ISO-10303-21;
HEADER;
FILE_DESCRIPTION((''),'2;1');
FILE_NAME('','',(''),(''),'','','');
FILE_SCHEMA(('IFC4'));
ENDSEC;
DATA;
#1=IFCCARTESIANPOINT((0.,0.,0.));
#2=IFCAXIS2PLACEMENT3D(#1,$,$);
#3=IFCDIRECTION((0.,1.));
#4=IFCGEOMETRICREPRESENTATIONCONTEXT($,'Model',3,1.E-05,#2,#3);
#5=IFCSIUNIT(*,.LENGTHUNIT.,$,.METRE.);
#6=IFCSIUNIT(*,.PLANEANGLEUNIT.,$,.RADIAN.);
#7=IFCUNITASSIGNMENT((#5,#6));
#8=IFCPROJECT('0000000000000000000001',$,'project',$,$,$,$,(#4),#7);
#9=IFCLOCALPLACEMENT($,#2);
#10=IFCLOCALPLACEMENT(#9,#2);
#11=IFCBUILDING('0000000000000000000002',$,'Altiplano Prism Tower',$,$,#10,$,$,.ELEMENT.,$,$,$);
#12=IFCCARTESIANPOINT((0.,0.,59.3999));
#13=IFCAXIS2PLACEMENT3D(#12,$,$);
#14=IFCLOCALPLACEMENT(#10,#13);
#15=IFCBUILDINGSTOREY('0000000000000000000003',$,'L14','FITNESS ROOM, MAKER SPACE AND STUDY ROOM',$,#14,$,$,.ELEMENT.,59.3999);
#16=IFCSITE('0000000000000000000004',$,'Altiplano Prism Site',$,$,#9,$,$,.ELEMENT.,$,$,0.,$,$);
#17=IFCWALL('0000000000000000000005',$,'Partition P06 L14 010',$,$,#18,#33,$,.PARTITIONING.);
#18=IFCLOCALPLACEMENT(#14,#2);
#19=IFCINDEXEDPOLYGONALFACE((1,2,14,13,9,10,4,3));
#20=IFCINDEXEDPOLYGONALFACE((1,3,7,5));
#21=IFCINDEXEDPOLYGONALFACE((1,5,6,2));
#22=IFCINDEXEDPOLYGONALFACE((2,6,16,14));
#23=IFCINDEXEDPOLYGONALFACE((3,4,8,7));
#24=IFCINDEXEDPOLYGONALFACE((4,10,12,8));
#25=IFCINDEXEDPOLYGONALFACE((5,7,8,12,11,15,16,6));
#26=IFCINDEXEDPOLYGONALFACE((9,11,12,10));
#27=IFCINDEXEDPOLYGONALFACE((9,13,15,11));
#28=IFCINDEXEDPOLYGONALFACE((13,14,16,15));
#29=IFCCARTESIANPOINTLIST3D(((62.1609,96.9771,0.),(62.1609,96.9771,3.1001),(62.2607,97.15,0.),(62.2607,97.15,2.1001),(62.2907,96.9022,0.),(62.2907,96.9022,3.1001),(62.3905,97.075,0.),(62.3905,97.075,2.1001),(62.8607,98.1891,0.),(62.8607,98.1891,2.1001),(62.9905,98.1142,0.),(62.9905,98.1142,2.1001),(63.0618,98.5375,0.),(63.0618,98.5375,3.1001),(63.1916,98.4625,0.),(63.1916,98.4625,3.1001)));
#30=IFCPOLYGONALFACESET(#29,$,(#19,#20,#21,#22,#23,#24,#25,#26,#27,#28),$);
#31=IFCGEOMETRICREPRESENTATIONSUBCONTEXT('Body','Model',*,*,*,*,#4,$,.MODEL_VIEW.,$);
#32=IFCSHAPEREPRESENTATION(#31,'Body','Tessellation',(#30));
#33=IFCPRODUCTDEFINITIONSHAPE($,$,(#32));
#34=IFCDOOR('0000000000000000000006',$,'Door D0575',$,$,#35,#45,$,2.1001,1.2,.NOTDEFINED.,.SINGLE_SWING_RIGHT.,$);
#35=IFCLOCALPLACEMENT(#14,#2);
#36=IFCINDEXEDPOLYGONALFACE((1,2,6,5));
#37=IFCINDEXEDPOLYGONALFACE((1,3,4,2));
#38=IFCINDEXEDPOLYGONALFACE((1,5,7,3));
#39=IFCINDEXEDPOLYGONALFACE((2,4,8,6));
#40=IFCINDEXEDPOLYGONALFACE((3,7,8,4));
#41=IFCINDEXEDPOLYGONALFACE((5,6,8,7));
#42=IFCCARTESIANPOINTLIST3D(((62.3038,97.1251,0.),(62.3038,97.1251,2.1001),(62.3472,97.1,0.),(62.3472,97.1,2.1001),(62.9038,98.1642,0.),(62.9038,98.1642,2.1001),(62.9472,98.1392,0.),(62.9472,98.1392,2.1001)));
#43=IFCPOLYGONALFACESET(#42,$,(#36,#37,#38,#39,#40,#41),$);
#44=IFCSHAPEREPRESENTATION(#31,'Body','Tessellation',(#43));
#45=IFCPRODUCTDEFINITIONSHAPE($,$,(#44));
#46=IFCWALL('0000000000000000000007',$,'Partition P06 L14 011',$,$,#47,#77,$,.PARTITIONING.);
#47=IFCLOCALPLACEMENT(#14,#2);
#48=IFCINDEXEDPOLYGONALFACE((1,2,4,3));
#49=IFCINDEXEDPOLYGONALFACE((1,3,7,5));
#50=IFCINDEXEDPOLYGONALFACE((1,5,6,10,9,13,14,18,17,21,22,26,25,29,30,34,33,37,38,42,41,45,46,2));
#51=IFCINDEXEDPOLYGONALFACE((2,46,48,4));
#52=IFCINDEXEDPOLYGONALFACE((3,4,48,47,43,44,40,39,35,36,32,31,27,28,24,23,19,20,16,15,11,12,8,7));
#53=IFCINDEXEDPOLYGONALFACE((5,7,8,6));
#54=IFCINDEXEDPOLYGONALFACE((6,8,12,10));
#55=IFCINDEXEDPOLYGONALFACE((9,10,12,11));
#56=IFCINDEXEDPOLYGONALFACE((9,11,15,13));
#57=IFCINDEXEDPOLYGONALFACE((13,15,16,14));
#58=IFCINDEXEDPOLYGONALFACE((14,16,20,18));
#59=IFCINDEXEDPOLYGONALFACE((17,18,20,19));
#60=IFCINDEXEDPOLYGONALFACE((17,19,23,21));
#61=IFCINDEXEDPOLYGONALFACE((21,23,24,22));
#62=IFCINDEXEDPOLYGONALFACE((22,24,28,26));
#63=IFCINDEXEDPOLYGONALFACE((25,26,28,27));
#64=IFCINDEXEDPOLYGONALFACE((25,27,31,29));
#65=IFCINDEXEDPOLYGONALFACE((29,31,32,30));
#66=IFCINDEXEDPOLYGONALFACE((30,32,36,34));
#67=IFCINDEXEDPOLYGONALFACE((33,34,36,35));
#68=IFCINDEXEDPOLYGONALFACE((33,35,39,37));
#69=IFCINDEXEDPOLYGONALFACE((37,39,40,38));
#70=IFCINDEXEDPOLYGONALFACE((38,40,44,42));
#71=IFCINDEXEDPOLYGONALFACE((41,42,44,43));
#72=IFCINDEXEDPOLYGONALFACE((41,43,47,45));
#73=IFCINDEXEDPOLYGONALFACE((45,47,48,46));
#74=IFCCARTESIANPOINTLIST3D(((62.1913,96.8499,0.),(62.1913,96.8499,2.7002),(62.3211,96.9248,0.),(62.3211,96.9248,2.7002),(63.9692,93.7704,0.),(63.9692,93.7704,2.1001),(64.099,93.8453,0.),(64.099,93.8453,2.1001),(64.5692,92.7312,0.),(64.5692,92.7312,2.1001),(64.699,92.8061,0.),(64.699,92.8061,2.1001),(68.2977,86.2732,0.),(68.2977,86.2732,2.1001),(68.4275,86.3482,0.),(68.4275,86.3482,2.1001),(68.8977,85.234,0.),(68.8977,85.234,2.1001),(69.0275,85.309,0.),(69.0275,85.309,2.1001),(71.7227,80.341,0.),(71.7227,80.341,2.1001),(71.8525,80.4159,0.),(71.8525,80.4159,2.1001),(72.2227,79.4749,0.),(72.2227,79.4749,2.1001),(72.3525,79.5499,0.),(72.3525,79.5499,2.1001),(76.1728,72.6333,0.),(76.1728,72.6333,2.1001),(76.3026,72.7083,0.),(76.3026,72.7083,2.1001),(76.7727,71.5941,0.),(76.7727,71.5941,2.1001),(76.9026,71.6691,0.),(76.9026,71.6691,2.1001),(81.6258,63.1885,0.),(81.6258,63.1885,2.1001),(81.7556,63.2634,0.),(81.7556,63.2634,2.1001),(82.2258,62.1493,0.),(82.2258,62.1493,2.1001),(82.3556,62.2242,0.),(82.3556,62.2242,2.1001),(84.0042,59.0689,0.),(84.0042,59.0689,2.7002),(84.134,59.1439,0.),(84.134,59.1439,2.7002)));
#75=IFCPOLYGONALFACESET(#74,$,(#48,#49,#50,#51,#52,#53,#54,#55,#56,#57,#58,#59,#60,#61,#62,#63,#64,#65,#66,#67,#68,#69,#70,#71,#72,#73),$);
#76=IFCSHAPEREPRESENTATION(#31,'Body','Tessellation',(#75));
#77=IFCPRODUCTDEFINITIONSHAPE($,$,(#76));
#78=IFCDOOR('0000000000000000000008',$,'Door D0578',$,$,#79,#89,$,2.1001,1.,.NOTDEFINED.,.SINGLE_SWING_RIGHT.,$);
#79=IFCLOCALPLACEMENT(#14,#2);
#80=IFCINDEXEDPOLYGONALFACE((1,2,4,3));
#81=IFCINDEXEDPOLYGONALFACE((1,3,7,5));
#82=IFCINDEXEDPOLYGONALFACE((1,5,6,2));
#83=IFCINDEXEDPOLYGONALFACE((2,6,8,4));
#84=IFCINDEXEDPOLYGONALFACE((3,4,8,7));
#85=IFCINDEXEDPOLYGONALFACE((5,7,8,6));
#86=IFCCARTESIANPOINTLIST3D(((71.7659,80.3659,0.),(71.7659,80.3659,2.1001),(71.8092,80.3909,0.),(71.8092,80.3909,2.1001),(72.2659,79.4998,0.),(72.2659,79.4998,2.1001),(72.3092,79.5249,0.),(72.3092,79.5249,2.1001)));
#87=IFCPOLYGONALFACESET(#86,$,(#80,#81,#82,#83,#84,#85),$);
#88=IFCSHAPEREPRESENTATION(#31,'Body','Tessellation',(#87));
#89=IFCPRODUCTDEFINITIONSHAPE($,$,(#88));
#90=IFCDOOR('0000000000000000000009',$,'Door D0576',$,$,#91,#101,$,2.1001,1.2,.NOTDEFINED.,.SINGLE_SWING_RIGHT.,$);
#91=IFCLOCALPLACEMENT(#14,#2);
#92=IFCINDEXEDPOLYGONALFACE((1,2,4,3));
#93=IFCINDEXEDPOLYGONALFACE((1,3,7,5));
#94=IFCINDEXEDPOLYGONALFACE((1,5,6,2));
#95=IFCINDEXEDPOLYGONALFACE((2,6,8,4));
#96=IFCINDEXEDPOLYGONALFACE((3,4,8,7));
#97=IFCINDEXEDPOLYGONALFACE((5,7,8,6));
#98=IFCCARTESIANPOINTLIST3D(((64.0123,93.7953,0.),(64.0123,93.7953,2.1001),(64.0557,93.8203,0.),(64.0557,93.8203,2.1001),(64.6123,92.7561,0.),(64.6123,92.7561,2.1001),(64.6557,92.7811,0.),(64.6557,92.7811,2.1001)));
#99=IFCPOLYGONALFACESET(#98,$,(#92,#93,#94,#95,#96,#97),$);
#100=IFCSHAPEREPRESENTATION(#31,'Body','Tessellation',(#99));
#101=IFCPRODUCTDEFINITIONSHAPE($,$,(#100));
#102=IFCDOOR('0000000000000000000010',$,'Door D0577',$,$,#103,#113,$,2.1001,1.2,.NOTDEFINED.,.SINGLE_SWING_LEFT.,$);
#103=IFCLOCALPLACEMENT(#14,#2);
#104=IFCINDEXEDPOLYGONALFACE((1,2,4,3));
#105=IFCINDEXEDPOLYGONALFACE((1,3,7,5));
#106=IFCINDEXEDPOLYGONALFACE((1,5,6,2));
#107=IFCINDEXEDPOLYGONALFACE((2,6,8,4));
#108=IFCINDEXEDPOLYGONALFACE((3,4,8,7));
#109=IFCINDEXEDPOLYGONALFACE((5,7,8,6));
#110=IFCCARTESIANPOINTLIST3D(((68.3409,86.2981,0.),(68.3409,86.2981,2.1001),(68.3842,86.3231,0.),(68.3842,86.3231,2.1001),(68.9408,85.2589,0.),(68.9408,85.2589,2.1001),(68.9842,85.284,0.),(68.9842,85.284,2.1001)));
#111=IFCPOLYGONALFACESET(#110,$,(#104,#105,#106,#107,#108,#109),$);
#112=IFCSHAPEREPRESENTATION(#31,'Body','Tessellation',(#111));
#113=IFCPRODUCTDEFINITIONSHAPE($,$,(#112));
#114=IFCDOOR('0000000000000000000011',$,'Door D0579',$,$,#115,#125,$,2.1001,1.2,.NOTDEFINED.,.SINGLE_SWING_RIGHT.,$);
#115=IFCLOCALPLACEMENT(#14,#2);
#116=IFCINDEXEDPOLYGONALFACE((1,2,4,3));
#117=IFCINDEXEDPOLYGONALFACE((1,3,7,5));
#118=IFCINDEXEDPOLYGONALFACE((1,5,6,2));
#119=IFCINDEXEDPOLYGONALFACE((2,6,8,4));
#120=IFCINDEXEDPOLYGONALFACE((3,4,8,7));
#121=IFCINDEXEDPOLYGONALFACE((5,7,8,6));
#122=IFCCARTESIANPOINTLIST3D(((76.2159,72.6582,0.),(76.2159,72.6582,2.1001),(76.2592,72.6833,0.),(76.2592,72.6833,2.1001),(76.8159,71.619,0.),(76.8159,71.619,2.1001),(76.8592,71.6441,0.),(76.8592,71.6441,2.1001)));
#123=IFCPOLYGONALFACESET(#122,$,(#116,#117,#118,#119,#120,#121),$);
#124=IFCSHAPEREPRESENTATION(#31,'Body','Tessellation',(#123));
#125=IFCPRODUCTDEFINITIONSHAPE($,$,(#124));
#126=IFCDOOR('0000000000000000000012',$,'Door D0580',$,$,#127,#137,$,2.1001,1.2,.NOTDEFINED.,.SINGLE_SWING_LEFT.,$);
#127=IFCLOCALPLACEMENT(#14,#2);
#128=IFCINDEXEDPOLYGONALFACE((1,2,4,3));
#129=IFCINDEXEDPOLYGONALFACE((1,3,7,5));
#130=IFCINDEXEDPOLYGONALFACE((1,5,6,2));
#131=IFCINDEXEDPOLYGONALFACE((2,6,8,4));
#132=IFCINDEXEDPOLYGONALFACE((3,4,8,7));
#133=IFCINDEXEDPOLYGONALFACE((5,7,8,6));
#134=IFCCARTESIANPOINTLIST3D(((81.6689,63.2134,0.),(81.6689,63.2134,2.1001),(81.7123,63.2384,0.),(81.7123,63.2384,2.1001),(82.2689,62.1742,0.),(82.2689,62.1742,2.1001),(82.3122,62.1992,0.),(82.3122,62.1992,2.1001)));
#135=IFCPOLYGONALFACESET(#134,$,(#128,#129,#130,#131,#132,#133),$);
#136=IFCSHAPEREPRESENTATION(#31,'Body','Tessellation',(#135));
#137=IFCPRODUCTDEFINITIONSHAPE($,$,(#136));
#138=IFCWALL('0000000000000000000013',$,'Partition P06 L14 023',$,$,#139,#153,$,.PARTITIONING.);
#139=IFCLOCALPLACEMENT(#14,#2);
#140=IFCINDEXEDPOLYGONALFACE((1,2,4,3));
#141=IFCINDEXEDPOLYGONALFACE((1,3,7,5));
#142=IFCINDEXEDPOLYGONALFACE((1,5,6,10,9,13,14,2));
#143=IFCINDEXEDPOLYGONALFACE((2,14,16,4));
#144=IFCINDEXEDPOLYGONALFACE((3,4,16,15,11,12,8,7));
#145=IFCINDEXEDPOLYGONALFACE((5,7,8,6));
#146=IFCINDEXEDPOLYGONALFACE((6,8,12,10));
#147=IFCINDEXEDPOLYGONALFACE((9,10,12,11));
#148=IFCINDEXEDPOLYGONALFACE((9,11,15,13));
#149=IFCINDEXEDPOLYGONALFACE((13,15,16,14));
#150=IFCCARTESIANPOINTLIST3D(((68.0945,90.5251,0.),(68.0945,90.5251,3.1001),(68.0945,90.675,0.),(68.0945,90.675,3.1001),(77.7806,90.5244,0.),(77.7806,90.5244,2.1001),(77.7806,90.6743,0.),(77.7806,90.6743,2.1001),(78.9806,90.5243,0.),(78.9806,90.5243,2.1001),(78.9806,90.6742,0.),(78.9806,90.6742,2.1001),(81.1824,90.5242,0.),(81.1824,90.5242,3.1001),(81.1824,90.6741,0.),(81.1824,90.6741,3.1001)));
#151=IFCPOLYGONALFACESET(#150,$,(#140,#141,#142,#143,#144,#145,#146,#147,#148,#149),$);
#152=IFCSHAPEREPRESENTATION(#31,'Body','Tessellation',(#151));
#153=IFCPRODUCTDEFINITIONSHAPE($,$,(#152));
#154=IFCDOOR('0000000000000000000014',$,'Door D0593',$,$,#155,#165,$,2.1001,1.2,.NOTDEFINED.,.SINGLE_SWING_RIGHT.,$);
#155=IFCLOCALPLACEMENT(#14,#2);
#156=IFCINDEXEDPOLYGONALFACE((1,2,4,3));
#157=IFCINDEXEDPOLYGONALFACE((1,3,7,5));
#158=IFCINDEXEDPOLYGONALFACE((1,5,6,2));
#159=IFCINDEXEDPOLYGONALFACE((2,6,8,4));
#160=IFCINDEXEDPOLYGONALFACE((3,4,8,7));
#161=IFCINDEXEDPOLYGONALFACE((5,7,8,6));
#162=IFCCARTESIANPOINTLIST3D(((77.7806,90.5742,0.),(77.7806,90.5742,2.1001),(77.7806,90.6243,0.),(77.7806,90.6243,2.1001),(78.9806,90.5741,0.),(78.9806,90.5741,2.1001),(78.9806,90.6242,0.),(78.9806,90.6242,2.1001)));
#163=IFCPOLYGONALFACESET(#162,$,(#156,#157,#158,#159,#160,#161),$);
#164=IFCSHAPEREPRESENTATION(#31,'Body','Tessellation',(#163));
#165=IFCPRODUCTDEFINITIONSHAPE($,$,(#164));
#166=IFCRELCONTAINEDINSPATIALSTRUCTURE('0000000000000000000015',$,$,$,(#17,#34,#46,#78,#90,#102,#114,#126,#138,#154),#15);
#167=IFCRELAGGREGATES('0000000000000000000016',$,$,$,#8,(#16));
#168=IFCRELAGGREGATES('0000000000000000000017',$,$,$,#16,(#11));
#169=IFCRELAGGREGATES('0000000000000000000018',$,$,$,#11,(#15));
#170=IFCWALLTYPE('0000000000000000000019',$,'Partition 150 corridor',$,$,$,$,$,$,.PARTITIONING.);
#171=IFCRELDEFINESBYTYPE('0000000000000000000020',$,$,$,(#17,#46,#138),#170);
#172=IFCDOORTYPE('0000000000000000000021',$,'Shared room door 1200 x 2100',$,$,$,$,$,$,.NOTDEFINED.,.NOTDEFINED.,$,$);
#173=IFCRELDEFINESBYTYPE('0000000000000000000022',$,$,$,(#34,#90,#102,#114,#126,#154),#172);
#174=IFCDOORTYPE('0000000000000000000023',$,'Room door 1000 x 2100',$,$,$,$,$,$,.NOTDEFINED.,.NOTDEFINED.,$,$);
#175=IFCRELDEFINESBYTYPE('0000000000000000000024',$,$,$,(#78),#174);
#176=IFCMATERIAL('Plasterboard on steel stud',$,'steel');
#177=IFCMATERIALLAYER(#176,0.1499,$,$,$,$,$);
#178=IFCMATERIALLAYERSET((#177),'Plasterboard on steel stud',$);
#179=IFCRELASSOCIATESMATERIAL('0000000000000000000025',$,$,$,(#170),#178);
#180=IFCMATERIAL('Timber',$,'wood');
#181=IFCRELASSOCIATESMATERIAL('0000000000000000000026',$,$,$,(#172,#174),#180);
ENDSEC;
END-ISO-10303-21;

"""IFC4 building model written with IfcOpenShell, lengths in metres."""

from ifc_helpers import new_model, si_unit, direction, frame, frame_2d, origin, place, context, subcontext, project, spatial, rectangle, extrude, material, layer, layer_set, type_object, element, fill, save


model = new_model("IFC4")

# Units and contexts
model_context = context("Model", 3, precision=1e-05, world=origin(), true_north=direction((0.0, 1.0)))
body_context = subcontext(model_context, "Body", "Model", "MODEL_VIEW")
ifc_project = project(units=[si_unit("LENGTHUNIT", "METRE"), si_unit("PLANEANGLEUNIT", "RADIAN")], contexts=[model_context])

# Site, building, storey
site_placement = place(None, origin())
site = spatial("IfcSite", under=ifc_project, at=site_placement, Name="Altiplano Prism Site", CompositionType="ELEMENT", RefElevation=0.0)
building_placement = place(site_placement, origin())
building = spatial("IfcBuilding", under=site, at=building_placement, Name="Altiplano Prism Tower", CompositionType="ELEMENT")
storey_placement = place(building_placement, frame((0.0, 0.0, 59.3999)))
storey = spatial("IfcBuildingStorey", under=building, at=storey_placement, Name="L14", Description="FITNESS ROOM, MAKER SPACE AND STUDY ROOM", CompositionType="ELEMENT", Elevation=59.3999)

# Shared definitions
ifc_material_1 = material(Name="Plasterboard on steel stud", Category="steel")
ifc_layer_1 = layer(ifc_material_1, 0.1499)
ifc_layer_set_1 = layer_set([ifc_layer_1], Name="Plasterboard on steel stud")
wall_type_1 = type_object("IfcWallType", Name="Partition 150 corridor", PredefinedType="PARTITIONING", material=ifc_layer_set_1)

# Shared definitions
ifc_material_2 = material(Name="Timber", Category="wood")

# Wall, opening, door
wall_1_placement = place(storey_placement, frame((63.1267, 98.5, 0.0), z_axis=(0.0, 0.0, 1.0), x_axis=(-0.500016, -0.866016, 0.0)))
wall_1 = element("IfcWall", 1, at=wall_1_placement, inside=storey, type_object=wall_type_1, Name="Partition P06 L14 010", PredefinedType="PARTITIONING", context=body_context, shape_type="SweptSolid", body=[
    extrude(rectangle(XDim=1.8018, YDim=0.1499, at=frame_2d((0.9009, 0.0))), origin(), (0.0, 0.0, 1.0), 3.1001),
])
opening_1_placement = place(wall_1_placement, frame((0.4021, 0.0, 0.0)))
opening_1 = element("IfcOpeningElement", 2, at=opening_1_placement, cuts=wall_1, PredefinedType="OPENING", context=body_context, shape_type="SweptSolid", body=[
    extrude(rectangle(XDim=1.2, YDim=2.1001, at=frame_2d((0.6001, 1.05))), frame((0.0, 0.0854, 0.0), z_axis=(0.0, -1.0, 0.0), x_axis=(1.0, 0.0, 0.0)), (0.0, 0.0, 1.0), 0.1709),
])
door_type_1 = type_object("IfcDoorType", Name="Shared room door 1200 x 2100", OperationType="NOTDEFINED", PredefinedType="NOTDEFINED", material=ifc_material_2)
door_1_placement = place(opening_1_placement, origin())
door_1 = element("IfcDoor", 3, at=door_1_placement, inside=storey, type_object=door_type_1, Name="Door D0575", OperationType="SINGLE_SWING_RIGHT", OverallHeight=2.1001, OverallWidth=1.2, PredefinedType="NOTDEFINED", context=body_context, shape_type="SweptSolid", body=[
    extrude(rectangle(XDim=1.2, YDim=2.1001, at=frame_2d((0.6001, 1.05))), frame((0.0, 0.0249, 0.0), z_axis=(0.0, -1.0, 0.0), x_axis=(1.0, 0.0, 0.0)), (0.0, 0.0, 1.0), 0.05),
])
fill(opening_1, door_1)

# Wall, openings, doors
wall_2_placement = place(storey_placement, frame((62.2561, 96.8875, 0.0), z_axis=(0.0, 0.0, 1.0), x_axis=(0.500002, -0.866024, 0.0)))
wall_2 = element("IfcWall", 4, at=wall_2_placement, inside=storey, type_object=wall_type_1, Name="Partition P06 L14 011", PredefinedType="PARTITIONING", context=body_context, shape_type="SweptSolid", body=[
    extrude(rectangle(XDim=43.6257, YDim=0.1499, at=frame_2d((21.813, 0.0))), origin(), (0.0, 0.0, 1.0), 2.7002),
])
opening_2_placement = place(wall_2_placement, frame((3.5559, 0.0, 0.0)))
opening_2 = element("IfcOpeningElement", 5, at=opening_2_placement, cuts=wall_2, PredefinedType="OPENING", context=body_context, shape_type="SweptSolid", body=[
    extrude(rectangle(XDim=1.2, YDim=2.1001, at=frame_2d((0.6001, 1.05))), frame((0.0, 0.0854, 0.0), z_axis=(0.0, -1.0, 0.0), x_axis=(1.0, 0.0, 0.0)), (0.0, 0.0, 1.0), 0.1709),
])
opening_3_placement = place(wall_2_placement, frame((12.2129, 0.0, 0.0)))
opening_3 = element("IfcOpeningElement", 6, at=opening_3_placement, cuts=wall_2, PredefinedType="OPENING", context=body_context, shape_type="SweptSolid", body=[
    extrude(rectangle(XDim=1.2, YDim=2.1001, at=frame_2d((0.6001, 1.05))), frame((0.0, 0.0854, 0.0), z_axis=(0.0, -1.0, 0.0), x_axis=(1.0, 0.0, 0.0)), (0.0, 0.0, 1.0), 0.1709),
])
opening_4_placement = place(wall_2_placement, frame((19.063, 0.0, 0.0)))
opening_4 = element("IfcOpeningElement", 7, at=opening_4_placement, cuts=wall_2, PredefinedType="OPENING", context=body_context, shape_type="SweptSolid", body=[
    extrude(rectangle(XDim=1.0, YDim=2.1001, at=frame_2d((0.5, 1.05))), frame((0.0, 0.0854, 0.0), z_axis=(0.0, -1.0, 0.0), x_axis=(1.0, 0.0, 0.0)), (0.0, 0.0, 1.0), 0.1709),
])
opening_5_placement = place(wall_2_placement, frame((27.9629, 0.0, 0.0)))
opening_5 = element("IfcOpeningElement", 8, at=opening_5_placement, cuts=wall_2, PredefinedType="OPENING", context=body_context, shape_type="SweptSolid", body=[
    extrude(rectangle(XDim=1.2, YDim=2.1001, at=frame_2d((0.6001, 1.05))), frame((0.0, 0.0854, 0.0), z_axis=(0.0, -1.0, 0.0), x_axis=(1.0, 0.0, 0.0)), (0.0, 0.0, 1.0), 0.1709),
])
opening_6_placement = place(wall_2_placement, frame((38.8689, 0.0, 0.0)))
opening_6 = element("IfcOpeningElement", 9, at=opening_6_placement, cuts=wall_2, PredefinedType="OPENING", context=body_context, shape_type="SweptSolid", body=[
    extrude(rectangle(XDim=1.2, YDim=2.1001, at=frame_2d((0.6001, 1.05))), frame((0.0, 0.0854, 0.0), z_axis=(0.0, -1.0, 0.0), x_axis=(1.0, 0.0, 0.0)), (0.0, 0.0, 1.0), 0.1709),
])
door_type_2 = type_object("IfcDoorType", Name="Room door 1000 x 2100", OperationType="NOTDEFINED", PredefinedType="NOTDEFINED", material=ifc_material_2)
door_2_placement = place(opening_4_placement, origin())
door_2 = element("IfcDoor", 10, at=door_2_placement, inside=storey, type_object=door_type_2, Name="Door D0578", OperationType="SINGLE_SWING_RIGHT", OverallHeight=2.1001, OverallWidth=1.0, PredefinedType="NOTDEFINED", context=body_context, shape_type="SweptSolid", body=[
    extrude(rectangle(XDim=1.0, YDim=2.1001, at=frame_2d((0.5, 1.05))), frame((0.0, 0.0249, 0.0), z_axis=(0.0, -1.0, 0.0), x_axis=(1.0, 0.0, 0.0)), (0.0, 0.0, 1.0), 0.05),
])
fill(opening_4, door_2)
door_3_placement = place(opening_2_placement, origin())
door_3 = element("IfcDoor", 11, at=door_3_placement, inside=storey, type_object=door_type_1, Name="Door D0576", OperationType="SINGLE_SWING_RIGHT", OverallHeight=2.1001, OverallWidth=1.2, PredefinedType="NOTDEFINED", context=body_context, shape_type="SweptSolid", body=[
    extrude(rectangle(XDim=1.2, YDim=2.1001, at=frame_2d((0.6001, 1.05))), frame((0.0, 0.0249, 0.0), z_axis=(0.0, -1.0, 0.0), x_axis=(1.0, 0.0, 0.0)), (0.0, 0.0, 1.0), 0.05),
])
fill(opening_2, door_3)
door_4_placement = place(opening_3_placement, origin())
door_4 = element("IfcDoor", 12, at=door_4_placement, inside=storey, type_object=door_type_1, Name="Door D0577", OperationType="SINGLE_SWING_LEFT", OverallHeight=2.1001, OverallWidth=1.2, PredefinedType="NOTDEFINED", context=body_context, shape_type="SweptSolid", body=[
    extrude(rectangle(XDim=1.2, YDim=2.1001, at=frame_2d((0.6001, 1.05))), frame((0.0, 0.0249, 0.0), z_axis=(0.0, -1.0, 0.0), x_axis=(1.0, 0.0, 0.0)), (0.0, 0.0, 1.0), 0.05),
])
fill(opening_3, door_4)
door_5_placement = place(opening_5_placement, origin())
door_5 = element("IfcDoor", 13, at=door_5_placement, inside=storey, type_object=door_type_1, Name="Door D0579", OperationType="SINGLE_SWING_RIGHT", OverallHeight=2.1001, OverallWidth=1.2, PredefinedType="NOTDEFINED", context=body_context, shape_type="SweptSolid", body=[
    extrude(rectangle(XDim=1.2, YDim=2.1001, at=frame_2d((0.6001, 1.05))), frame((0.0, 0.0249, 0.0), z_axis=(0.0, -1.0, 0.0), x_axis=(1.0, 0.0, 0.0)), (0.0, 0.0, 1.0), 0.05),
])
fill(opening_5, door_5)
door_6_placement = place(opening_6_placement, origin())
door_6 = element("IfcDoor", 14, at=door_6_placement, inside=storey, type_object=door_type_1, Name="Door D0580", OperationType="SINGLE_SWING_LEFT", OverallHeight=2.1001, OverallWidth=1.2, PredefinedType="NOTDEFINED", context=body_context, shape_type="SweptSolid", body=[
    extrude(rectangle(XDim=1.2, YDim=2.1001, at=frame_2d((0.6001, 1.05))), frame((0.0, 0.0249, 0.0), z_axis=(0.0, -1.0, 0.0), x_axis=(1.0, 0.0, 0.0)), (0.0, 0.0, 1.0), 0.05),
])
fill(opening_6, door_6)

# Wall, opening, door
wall_3_placement = place(storey_placement, frame((68.0945, 90.6001, 0.0), z_axis=(0.0, 0.0, 1.0), x_axis=(1.0, -0.000075, 0.0)))
wall_3 = element("IfcWall", 15, at=wall_3_placement, inside=storey, type_object=wall_type_1, Name="Partition P06 L14 023", PredefinedType="PARTITIONING", context=body_context, shape_type="SweptSolid", body=[
    extrude(rectangle(XDim=13.0879, YDim=0.1499, at=frame_2d((6.5439, 0.0))), origin(), (0.0, 0.0, 1.0), 3.1001),
])
opening_7_placement = place(wall_3_placement, frame((9.686, 0.0, 0.0)))
opening_7 = element("IfcOpeningElement", 16, at=opening_7_placement, cuts=wall_3, PredefinedType="OPENING", context=body_context, shape_type="SweptSolid", body=[
    extrude(rectangle(XDim=1.2, YDim=2.1001, at=frame_2d((0.6001, 1.05))), frame((0.0, 0.0854, 0.0), z_axis=(0.0, -1.0, 0.0), x_axis=(1.0, 0.0, 0.0)), (0.0, 0.0, 1.0), 0.1709),
])
door_7_placement = place(opening_7_placement, origin())
door_7 = element("IfcDoor", 17, at=door_7_placement, inside=storey, type_object=door_type_1, Name="Door D0593", OperationType="SINGLE_SWING_RIGHT", OverallHeight=2.1001, OverallWidth=1.2, PredefinedType="NOTDEFINED", context=body_context, shape_type="SweptSolid", body=[
    extrude(rectangle(XDim=1.2, YDim=2.1001, at=frame_2d((0.6001, 1.05))), frame((0.0, 0.0249, 0.0), z_axis=(0.0, -1.0, 0.0), x_axis=(1.0, 0.0, 0.0)), (0.0, 0.0, 1.0), 0.05),
])
fill(opening_7, door_7)

save(model, "model.ifc")
